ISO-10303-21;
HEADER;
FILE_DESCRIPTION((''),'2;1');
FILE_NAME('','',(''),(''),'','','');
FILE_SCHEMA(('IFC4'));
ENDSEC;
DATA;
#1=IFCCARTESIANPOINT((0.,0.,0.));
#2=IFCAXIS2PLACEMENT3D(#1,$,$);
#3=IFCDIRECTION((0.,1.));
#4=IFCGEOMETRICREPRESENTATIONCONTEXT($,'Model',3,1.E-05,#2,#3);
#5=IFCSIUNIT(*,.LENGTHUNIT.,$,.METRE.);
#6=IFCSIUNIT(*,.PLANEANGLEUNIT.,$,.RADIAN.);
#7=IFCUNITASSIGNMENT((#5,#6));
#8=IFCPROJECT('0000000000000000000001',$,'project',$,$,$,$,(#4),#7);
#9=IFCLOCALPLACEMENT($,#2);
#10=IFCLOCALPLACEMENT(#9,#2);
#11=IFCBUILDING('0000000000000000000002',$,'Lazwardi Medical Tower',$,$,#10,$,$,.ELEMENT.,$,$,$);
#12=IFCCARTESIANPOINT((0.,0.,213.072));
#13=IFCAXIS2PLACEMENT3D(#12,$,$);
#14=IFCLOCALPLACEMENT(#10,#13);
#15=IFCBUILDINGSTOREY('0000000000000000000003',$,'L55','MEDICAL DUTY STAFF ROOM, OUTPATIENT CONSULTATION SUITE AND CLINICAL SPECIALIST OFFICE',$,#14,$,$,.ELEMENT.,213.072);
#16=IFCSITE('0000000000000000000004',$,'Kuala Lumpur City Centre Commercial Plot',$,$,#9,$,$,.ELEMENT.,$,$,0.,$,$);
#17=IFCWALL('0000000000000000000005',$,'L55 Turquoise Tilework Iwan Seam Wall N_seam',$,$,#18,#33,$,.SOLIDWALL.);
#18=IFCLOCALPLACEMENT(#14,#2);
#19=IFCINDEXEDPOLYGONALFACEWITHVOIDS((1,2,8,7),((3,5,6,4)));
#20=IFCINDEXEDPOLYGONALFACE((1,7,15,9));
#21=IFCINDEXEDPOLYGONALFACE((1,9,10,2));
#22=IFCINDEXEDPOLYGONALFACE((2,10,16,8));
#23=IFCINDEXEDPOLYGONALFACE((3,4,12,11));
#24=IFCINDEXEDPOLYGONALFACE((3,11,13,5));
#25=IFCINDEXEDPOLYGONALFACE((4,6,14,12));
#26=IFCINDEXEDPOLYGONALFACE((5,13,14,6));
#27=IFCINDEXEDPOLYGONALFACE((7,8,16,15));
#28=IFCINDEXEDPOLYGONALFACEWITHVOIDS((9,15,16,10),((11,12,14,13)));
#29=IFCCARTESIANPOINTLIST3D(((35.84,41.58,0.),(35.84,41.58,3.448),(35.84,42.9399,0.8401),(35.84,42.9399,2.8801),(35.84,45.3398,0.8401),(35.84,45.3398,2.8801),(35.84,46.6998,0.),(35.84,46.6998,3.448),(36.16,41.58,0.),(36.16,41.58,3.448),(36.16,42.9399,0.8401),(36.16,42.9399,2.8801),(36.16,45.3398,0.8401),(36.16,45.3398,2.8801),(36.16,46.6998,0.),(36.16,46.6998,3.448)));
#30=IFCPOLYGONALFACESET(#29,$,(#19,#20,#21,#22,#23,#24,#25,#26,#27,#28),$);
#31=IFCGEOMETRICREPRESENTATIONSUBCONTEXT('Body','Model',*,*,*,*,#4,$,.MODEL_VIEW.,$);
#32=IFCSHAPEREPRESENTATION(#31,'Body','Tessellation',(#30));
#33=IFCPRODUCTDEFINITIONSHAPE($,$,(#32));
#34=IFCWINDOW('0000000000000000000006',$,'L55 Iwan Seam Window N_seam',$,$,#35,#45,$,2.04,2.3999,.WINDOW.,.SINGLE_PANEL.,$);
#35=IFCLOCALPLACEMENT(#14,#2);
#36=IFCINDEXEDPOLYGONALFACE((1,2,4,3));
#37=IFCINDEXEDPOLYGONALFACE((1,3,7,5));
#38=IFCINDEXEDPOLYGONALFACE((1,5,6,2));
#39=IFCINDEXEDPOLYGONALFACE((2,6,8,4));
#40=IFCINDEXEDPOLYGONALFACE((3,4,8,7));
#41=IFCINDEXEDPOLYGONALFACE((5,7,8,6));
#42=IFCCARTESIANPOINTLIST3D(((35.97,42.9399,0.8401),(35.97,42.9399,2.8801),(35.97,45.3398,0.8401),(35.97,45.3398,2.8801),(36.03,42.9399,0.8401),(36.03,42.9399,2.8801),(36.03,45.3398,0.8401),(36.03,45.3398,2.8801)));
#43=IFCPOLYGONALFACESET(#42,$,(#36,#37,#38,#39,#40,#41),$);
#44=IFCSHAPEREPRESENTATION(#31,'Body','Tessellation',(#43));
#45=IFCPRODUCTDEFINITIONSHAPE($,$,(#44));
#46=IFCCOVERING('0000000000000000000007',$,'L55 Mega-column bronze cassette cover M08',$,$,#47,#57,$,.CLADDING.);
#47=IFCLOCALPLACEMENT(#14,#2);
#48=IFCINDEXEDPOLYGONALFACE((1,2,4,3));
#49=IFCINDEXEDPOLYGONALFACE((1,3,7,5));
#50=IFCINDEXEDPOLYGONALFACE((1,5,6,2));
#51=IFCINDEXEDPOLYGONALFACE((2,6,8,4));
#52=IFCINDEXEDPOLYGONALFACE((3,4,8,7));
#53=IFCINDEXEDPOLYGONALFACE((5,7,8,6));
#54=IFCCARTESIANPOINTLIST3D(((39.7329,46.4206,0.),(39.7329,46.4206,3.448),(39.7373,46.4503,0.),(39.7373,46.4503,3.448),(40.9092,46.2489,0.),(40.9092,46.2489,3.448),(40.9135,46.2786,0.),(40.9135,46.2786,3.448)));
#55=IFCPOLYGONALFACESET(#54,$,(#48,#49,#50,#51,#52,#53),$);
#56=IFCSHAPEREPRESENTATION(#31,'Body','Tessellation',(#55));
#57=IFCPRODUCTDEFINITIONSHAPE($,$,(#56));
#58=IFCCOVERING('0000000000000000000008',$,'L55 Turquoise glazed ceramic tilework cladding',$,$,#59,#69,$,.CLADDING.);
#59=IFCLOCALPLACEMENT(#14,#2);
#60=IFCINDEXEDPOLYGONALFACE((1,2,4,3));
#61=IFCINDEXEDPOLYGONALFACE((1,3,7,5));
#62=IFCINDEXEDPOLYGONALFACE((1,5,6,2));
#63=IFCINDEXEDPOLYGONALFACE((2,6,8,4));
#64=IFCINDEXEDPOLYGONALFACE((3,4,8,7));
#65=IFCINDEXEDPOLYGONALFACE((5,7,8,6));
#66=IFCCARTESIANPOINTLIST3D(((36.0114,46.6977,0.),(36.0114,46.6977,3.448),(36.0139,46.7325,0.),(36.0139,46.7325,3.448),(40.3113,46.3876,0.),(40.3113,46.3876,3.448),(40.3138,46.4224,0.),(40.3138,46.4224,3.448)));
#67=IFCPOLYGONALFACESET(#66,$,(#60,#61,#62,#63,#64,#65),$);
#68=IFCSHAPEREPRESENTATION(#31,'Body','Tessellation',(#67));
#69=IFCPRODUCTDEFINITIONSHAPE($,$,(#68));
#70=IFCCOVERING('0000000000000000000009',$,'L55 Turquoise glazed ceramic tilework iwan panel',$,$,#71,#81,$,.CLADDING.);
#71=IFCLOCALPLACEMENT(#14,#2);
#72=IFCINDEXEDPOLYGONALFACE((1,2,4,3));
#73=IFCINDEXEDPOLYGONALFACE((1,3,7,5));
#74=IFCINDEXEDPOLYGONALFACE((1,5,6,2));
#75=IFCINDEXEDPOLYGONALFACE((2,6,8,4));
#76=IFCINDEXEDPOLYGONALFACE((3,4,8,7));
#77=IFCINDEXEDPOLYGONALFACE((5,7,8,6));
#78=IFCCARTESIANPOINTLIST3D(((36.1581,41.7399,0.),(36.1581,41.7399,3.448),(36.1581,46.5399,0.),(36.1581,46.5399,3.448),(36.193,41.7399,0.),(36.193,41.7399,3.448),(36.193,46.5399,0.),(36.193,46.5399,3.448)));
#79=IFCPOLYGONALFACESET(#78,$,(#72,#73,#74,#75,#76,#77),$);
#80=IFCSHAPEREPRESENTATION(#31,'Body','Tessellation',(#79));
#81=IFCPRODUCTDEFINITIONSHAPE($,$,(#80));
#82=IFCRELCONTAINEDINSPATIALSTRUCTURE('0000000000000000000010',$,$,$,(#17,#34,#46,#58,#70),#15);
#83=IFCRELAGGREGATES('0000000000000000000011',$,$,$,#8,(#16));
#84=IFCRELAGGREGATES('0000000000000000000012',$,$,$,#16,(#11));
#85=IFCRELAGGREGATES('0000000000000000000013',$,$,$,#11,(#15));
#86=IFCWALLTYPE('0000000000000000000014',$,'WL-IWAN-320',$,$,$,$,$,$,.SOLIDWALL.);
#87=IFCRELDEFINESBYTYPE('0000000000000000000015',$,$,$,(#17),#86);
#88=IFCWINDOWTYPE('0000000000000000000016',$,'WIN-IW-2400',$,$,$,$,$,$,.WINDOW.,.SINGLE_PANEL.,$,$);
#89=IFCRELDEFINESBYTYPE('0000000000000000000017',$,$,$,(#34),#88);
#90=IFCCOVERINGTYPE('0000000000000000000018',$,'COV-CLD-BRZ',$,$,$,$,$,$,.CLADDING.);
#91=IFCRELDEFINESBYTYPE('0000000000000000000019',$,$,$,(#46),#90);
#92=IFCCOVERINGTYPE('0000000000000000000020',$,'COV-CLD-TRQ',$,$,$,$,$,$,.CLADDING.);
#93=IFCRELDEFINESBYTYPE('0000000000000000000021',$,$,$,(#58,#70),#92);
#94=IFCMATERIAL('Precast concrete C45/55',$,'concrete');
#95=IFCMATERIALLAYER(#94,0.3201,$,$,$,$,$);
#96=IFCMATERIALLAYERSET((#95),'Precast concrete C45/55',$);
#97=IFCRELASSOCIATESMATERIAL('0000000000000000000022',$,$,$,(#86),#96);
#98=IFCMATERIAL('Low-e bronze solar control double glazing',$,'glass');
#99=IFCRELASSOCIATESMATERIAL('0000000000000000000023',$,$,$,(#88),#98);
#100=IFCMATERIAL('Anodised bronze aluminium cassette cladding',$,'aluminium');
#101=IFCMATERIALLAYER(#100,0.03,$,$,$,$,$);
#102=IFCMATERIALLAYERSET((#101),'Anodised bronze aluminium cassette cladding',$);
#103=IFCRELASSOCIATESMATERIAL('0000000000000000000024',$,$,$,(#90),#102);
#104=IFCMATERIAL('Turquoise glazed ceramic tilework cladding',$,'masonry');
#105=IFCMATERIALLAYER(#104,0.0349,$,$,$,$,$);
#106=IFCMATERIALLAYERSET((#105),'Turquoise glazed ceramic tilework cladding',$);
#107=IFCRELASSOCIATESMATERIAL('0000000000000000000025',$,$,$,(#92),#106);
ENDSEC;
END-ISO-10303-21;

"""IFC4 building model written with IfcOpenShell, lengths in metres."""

from ifc_helpers import new_model, si_unit, direction, frame, frame_2d, origin, origin_2d, place, context, subcontext, project, spatial, rectangle, extrude, material, layer, layer_set, type_object, element, fill, save


model = new_model("IFC4")

# Units and contexts
model_context = context("Model", 3, precision=1e-05, world=origin(), true_north=direction((0.0, 1.0)))
body_context = subcontext(model_context, "Body", "Model", "MODEL_VIEW")
ifc_project = project(units=[si_unit("LENGTHUNIT", "METRE"), si_unit("PLANEANGLEUNIT", "RADIAN")], contexts=[model_context])

# Site, building, storey
site_placement = place(None, origin())
site = spatial("IfcSite", under=ifc_project, at=site_placement, Name="Kuala Lumpur City Centre Commercial Plot", CompositionType="ELEMENT", RefElevation=0.0)
building_placement = place(site_placement, origin())
building = spatial("IfcBuilding", under=site, at=building_placement, Name="Lazwardi Medical Tower", CompositionType="ELEMENT")
storey_placement = place(building_placement, frame((0.0, 0.0, 213.072)))
storey = spatial("IfcBuildingStorey", under=building, at=storey_placement, Name="L55", Description="MEDICAL DUTY STAFF ROOM, OUTPATIENT CONSULTATION SUITE AND CLINICAL SPECIALIST OFFICE", CompositionType="ELEMENT", Elevation=213.072)

# Shared definitions
ifc_material_1 = material(Name="Low-e bronze solar control double glazing", Category="glass")

# Wall, opening, window
ifc_material_2 = material(Name="Precast concrete C45/55", Category="concrete")
ifc_layer_1 = layer(ifc_material_2, 0.3201)
ifc_layer_set_1 = layer_set([ifc_layer_1], Name="Precast concrete C45/55")
wall_type = type_object("IfcWallType", Name="WL-IWAN-320", PredefinedType="SOLIDWALL", material=ifc_layer_set_1)
wall_1_placement = place(storey_placement, frame((36.0, 46.7, 0.0), z_axis=(0.0, 0.0, 1.0), x_axis=(0.0, -1.0, 0.0)))
wall_1 = element("IfcWall", 1, at=wall_1_placement, inside=storey, type_object=wall_type, Name="L55 Turquoise Tilework Iwan Seam Wall N_seam", PredefinedType="SOLIDWALL", context=body_context, shape_type="SweptSolid", body=[
    extrude(rectangle(XDim=5.1199, YDim=0.3201, at=frame_2d((2.5601, 0.0))), origin(), (0.0, 0.0, 1.0), 3.448),
])
opening_1_placement = place(wall_1_placement, frame((1.3601, 0.0, 0.8401)))
opening_1 = element("IfcOpeningElement", 2, at=opening_1_placement, cuts=wall_1, PredefinedType="OPENING", context=body_context, shape_type="SweptSolid", body=[
    extrude(rectangle(XDim=2.3999, YDim=2.04, at=frame_2d((1.2, 1.02))), frame((0.0, 0.1699, 0.0), z_axis=(0.0, -1.0, 0.0), x_axis=(1.0, 0.0, 0.0)), (0.0, 0.0, 1.0), 0.3401),
])
window_type_1 = type_object("IfcWindowType", Name="WIN-IW-2400", PartitioningType="SINGLE_PANEL", PredefinedType="WINDOW", material=ifc_material_1)
window_1_placement = place(opening_1_placement, origin())
window_1 = element("IfcWindow", 3, at=window_1_placement, inside=storey, type_object=window_type_1, Name="L55 Iwan Seam Window N_seam", OverallHeight=2.04, OverallWidth=2.3999, PartitioningType="SINGLE_PANEL", PredefinedType="WINDOW", context=body_context, shape_type="SweptSolid", body=[
    extrude(rectangle(XDim=2.3999, YDim=2.04, at=frame_2d((1.2, 1.02))), frame((0.0, 0.03, 0.0), z_axis=(0.0, -1.0, 0.0), x_axis=(1.0, 0.0, 0.0)), (0.0, 0.0, 1.0), 0.0601),
])
fill(opening_1, window_1)

# Coverings
ifc_material_3 = material(Name="Anodised bronze aluminium cassette cladding", Category="aluminium")
ifc_layer_2 = layer(ifc_material_3, 0.03)
ifc_layer_set_2 = layer_set([ifc_layer_2], Name="Anodised bronze aluminium cassette cladding")
covering_type_1 = type_object("IfcCoveringType", Name="COV-CLD-BRZ", PredefinedType="CLADDING", material=ifc_layer_set_2)
covering_1_placement = place(storey_placement, frame((40.3232, 46.3496, 0.0), z_axis=(0.0, 0.0, 1.0), x_axis=(-0.989512, 0.144448, 0.0)))
element("IfcCovering", 4, at=covering_1_placement, inside=storey, type_object=covering_type_1, Name="L55 Mega-column bronze cassette cover M08", PredefinedType="CLADDING", context=body_context, shape_type="SweptSolid", body=[
    extrude(rectangle(XDim=1.1887, YDim=0.03, at=origin_2d()), origin(), (0.0, 0.0, 1.0), 3.448),
])
ifc_material_4 = material(Name="Turquoise glazed ceramic tilework cladding", Category="masonry")
ifc_layer_3 = layer(ifc_material_4, 0.0349)
ifc_layer_set_3 = layer_set([ifc_layer_3], Name="Turquoise glazed ceramic tilework cladding")
covering_type_2 = type_object("IfcCoveringType", Name="COV-CLD-TRQ", PredefinedType="CLADDING", material=ifc_layer_set_3)
covering_2_placement = place(storey_placement, frame((38.1626, 46.5601, 0.0), z_axis=(0.0, 0.0, 1.0), x_axis=(-0.997409, 0.071933, 0.0)))
element("IfcCovering", 5, at=covering_2_placement, inside=storey, type_object=covering_type_2, Name="L55 Turquoise glazed ceramic tilework cladding", PredefinedType="CLADDING", context=body_context, shape_type="SweptSolid", body=[
    extrude(rectangle(XDim=4.311, YDim=0.0349, at=origin_2d()), origin(), (0.0, 0.0, 1.0), 3.448),
])
covering_3_placement = place(storey_placement, frame((36.1755, 44.1399, 0.0), z_axis=(0.0, 0.0, 1.0), x_axis=(0.0, -1.0, 0.0)))
element("IfcCovering", 6, at=covering_3_placement, inside=storey, type_object=covering_type_2, Name="L55 Turquoise glazed ceramic tilework iwan panel", PredefinedType="CLADDING", context=body_context, shape_type="SweptSolid", body=[
    extrude(rectangle(XDim=4.8, YDim=0.0349, at=origin_2d()), origin(), (0.0, 0.0, 1.0), 3.448),
])

save(model, "model.ifc")
